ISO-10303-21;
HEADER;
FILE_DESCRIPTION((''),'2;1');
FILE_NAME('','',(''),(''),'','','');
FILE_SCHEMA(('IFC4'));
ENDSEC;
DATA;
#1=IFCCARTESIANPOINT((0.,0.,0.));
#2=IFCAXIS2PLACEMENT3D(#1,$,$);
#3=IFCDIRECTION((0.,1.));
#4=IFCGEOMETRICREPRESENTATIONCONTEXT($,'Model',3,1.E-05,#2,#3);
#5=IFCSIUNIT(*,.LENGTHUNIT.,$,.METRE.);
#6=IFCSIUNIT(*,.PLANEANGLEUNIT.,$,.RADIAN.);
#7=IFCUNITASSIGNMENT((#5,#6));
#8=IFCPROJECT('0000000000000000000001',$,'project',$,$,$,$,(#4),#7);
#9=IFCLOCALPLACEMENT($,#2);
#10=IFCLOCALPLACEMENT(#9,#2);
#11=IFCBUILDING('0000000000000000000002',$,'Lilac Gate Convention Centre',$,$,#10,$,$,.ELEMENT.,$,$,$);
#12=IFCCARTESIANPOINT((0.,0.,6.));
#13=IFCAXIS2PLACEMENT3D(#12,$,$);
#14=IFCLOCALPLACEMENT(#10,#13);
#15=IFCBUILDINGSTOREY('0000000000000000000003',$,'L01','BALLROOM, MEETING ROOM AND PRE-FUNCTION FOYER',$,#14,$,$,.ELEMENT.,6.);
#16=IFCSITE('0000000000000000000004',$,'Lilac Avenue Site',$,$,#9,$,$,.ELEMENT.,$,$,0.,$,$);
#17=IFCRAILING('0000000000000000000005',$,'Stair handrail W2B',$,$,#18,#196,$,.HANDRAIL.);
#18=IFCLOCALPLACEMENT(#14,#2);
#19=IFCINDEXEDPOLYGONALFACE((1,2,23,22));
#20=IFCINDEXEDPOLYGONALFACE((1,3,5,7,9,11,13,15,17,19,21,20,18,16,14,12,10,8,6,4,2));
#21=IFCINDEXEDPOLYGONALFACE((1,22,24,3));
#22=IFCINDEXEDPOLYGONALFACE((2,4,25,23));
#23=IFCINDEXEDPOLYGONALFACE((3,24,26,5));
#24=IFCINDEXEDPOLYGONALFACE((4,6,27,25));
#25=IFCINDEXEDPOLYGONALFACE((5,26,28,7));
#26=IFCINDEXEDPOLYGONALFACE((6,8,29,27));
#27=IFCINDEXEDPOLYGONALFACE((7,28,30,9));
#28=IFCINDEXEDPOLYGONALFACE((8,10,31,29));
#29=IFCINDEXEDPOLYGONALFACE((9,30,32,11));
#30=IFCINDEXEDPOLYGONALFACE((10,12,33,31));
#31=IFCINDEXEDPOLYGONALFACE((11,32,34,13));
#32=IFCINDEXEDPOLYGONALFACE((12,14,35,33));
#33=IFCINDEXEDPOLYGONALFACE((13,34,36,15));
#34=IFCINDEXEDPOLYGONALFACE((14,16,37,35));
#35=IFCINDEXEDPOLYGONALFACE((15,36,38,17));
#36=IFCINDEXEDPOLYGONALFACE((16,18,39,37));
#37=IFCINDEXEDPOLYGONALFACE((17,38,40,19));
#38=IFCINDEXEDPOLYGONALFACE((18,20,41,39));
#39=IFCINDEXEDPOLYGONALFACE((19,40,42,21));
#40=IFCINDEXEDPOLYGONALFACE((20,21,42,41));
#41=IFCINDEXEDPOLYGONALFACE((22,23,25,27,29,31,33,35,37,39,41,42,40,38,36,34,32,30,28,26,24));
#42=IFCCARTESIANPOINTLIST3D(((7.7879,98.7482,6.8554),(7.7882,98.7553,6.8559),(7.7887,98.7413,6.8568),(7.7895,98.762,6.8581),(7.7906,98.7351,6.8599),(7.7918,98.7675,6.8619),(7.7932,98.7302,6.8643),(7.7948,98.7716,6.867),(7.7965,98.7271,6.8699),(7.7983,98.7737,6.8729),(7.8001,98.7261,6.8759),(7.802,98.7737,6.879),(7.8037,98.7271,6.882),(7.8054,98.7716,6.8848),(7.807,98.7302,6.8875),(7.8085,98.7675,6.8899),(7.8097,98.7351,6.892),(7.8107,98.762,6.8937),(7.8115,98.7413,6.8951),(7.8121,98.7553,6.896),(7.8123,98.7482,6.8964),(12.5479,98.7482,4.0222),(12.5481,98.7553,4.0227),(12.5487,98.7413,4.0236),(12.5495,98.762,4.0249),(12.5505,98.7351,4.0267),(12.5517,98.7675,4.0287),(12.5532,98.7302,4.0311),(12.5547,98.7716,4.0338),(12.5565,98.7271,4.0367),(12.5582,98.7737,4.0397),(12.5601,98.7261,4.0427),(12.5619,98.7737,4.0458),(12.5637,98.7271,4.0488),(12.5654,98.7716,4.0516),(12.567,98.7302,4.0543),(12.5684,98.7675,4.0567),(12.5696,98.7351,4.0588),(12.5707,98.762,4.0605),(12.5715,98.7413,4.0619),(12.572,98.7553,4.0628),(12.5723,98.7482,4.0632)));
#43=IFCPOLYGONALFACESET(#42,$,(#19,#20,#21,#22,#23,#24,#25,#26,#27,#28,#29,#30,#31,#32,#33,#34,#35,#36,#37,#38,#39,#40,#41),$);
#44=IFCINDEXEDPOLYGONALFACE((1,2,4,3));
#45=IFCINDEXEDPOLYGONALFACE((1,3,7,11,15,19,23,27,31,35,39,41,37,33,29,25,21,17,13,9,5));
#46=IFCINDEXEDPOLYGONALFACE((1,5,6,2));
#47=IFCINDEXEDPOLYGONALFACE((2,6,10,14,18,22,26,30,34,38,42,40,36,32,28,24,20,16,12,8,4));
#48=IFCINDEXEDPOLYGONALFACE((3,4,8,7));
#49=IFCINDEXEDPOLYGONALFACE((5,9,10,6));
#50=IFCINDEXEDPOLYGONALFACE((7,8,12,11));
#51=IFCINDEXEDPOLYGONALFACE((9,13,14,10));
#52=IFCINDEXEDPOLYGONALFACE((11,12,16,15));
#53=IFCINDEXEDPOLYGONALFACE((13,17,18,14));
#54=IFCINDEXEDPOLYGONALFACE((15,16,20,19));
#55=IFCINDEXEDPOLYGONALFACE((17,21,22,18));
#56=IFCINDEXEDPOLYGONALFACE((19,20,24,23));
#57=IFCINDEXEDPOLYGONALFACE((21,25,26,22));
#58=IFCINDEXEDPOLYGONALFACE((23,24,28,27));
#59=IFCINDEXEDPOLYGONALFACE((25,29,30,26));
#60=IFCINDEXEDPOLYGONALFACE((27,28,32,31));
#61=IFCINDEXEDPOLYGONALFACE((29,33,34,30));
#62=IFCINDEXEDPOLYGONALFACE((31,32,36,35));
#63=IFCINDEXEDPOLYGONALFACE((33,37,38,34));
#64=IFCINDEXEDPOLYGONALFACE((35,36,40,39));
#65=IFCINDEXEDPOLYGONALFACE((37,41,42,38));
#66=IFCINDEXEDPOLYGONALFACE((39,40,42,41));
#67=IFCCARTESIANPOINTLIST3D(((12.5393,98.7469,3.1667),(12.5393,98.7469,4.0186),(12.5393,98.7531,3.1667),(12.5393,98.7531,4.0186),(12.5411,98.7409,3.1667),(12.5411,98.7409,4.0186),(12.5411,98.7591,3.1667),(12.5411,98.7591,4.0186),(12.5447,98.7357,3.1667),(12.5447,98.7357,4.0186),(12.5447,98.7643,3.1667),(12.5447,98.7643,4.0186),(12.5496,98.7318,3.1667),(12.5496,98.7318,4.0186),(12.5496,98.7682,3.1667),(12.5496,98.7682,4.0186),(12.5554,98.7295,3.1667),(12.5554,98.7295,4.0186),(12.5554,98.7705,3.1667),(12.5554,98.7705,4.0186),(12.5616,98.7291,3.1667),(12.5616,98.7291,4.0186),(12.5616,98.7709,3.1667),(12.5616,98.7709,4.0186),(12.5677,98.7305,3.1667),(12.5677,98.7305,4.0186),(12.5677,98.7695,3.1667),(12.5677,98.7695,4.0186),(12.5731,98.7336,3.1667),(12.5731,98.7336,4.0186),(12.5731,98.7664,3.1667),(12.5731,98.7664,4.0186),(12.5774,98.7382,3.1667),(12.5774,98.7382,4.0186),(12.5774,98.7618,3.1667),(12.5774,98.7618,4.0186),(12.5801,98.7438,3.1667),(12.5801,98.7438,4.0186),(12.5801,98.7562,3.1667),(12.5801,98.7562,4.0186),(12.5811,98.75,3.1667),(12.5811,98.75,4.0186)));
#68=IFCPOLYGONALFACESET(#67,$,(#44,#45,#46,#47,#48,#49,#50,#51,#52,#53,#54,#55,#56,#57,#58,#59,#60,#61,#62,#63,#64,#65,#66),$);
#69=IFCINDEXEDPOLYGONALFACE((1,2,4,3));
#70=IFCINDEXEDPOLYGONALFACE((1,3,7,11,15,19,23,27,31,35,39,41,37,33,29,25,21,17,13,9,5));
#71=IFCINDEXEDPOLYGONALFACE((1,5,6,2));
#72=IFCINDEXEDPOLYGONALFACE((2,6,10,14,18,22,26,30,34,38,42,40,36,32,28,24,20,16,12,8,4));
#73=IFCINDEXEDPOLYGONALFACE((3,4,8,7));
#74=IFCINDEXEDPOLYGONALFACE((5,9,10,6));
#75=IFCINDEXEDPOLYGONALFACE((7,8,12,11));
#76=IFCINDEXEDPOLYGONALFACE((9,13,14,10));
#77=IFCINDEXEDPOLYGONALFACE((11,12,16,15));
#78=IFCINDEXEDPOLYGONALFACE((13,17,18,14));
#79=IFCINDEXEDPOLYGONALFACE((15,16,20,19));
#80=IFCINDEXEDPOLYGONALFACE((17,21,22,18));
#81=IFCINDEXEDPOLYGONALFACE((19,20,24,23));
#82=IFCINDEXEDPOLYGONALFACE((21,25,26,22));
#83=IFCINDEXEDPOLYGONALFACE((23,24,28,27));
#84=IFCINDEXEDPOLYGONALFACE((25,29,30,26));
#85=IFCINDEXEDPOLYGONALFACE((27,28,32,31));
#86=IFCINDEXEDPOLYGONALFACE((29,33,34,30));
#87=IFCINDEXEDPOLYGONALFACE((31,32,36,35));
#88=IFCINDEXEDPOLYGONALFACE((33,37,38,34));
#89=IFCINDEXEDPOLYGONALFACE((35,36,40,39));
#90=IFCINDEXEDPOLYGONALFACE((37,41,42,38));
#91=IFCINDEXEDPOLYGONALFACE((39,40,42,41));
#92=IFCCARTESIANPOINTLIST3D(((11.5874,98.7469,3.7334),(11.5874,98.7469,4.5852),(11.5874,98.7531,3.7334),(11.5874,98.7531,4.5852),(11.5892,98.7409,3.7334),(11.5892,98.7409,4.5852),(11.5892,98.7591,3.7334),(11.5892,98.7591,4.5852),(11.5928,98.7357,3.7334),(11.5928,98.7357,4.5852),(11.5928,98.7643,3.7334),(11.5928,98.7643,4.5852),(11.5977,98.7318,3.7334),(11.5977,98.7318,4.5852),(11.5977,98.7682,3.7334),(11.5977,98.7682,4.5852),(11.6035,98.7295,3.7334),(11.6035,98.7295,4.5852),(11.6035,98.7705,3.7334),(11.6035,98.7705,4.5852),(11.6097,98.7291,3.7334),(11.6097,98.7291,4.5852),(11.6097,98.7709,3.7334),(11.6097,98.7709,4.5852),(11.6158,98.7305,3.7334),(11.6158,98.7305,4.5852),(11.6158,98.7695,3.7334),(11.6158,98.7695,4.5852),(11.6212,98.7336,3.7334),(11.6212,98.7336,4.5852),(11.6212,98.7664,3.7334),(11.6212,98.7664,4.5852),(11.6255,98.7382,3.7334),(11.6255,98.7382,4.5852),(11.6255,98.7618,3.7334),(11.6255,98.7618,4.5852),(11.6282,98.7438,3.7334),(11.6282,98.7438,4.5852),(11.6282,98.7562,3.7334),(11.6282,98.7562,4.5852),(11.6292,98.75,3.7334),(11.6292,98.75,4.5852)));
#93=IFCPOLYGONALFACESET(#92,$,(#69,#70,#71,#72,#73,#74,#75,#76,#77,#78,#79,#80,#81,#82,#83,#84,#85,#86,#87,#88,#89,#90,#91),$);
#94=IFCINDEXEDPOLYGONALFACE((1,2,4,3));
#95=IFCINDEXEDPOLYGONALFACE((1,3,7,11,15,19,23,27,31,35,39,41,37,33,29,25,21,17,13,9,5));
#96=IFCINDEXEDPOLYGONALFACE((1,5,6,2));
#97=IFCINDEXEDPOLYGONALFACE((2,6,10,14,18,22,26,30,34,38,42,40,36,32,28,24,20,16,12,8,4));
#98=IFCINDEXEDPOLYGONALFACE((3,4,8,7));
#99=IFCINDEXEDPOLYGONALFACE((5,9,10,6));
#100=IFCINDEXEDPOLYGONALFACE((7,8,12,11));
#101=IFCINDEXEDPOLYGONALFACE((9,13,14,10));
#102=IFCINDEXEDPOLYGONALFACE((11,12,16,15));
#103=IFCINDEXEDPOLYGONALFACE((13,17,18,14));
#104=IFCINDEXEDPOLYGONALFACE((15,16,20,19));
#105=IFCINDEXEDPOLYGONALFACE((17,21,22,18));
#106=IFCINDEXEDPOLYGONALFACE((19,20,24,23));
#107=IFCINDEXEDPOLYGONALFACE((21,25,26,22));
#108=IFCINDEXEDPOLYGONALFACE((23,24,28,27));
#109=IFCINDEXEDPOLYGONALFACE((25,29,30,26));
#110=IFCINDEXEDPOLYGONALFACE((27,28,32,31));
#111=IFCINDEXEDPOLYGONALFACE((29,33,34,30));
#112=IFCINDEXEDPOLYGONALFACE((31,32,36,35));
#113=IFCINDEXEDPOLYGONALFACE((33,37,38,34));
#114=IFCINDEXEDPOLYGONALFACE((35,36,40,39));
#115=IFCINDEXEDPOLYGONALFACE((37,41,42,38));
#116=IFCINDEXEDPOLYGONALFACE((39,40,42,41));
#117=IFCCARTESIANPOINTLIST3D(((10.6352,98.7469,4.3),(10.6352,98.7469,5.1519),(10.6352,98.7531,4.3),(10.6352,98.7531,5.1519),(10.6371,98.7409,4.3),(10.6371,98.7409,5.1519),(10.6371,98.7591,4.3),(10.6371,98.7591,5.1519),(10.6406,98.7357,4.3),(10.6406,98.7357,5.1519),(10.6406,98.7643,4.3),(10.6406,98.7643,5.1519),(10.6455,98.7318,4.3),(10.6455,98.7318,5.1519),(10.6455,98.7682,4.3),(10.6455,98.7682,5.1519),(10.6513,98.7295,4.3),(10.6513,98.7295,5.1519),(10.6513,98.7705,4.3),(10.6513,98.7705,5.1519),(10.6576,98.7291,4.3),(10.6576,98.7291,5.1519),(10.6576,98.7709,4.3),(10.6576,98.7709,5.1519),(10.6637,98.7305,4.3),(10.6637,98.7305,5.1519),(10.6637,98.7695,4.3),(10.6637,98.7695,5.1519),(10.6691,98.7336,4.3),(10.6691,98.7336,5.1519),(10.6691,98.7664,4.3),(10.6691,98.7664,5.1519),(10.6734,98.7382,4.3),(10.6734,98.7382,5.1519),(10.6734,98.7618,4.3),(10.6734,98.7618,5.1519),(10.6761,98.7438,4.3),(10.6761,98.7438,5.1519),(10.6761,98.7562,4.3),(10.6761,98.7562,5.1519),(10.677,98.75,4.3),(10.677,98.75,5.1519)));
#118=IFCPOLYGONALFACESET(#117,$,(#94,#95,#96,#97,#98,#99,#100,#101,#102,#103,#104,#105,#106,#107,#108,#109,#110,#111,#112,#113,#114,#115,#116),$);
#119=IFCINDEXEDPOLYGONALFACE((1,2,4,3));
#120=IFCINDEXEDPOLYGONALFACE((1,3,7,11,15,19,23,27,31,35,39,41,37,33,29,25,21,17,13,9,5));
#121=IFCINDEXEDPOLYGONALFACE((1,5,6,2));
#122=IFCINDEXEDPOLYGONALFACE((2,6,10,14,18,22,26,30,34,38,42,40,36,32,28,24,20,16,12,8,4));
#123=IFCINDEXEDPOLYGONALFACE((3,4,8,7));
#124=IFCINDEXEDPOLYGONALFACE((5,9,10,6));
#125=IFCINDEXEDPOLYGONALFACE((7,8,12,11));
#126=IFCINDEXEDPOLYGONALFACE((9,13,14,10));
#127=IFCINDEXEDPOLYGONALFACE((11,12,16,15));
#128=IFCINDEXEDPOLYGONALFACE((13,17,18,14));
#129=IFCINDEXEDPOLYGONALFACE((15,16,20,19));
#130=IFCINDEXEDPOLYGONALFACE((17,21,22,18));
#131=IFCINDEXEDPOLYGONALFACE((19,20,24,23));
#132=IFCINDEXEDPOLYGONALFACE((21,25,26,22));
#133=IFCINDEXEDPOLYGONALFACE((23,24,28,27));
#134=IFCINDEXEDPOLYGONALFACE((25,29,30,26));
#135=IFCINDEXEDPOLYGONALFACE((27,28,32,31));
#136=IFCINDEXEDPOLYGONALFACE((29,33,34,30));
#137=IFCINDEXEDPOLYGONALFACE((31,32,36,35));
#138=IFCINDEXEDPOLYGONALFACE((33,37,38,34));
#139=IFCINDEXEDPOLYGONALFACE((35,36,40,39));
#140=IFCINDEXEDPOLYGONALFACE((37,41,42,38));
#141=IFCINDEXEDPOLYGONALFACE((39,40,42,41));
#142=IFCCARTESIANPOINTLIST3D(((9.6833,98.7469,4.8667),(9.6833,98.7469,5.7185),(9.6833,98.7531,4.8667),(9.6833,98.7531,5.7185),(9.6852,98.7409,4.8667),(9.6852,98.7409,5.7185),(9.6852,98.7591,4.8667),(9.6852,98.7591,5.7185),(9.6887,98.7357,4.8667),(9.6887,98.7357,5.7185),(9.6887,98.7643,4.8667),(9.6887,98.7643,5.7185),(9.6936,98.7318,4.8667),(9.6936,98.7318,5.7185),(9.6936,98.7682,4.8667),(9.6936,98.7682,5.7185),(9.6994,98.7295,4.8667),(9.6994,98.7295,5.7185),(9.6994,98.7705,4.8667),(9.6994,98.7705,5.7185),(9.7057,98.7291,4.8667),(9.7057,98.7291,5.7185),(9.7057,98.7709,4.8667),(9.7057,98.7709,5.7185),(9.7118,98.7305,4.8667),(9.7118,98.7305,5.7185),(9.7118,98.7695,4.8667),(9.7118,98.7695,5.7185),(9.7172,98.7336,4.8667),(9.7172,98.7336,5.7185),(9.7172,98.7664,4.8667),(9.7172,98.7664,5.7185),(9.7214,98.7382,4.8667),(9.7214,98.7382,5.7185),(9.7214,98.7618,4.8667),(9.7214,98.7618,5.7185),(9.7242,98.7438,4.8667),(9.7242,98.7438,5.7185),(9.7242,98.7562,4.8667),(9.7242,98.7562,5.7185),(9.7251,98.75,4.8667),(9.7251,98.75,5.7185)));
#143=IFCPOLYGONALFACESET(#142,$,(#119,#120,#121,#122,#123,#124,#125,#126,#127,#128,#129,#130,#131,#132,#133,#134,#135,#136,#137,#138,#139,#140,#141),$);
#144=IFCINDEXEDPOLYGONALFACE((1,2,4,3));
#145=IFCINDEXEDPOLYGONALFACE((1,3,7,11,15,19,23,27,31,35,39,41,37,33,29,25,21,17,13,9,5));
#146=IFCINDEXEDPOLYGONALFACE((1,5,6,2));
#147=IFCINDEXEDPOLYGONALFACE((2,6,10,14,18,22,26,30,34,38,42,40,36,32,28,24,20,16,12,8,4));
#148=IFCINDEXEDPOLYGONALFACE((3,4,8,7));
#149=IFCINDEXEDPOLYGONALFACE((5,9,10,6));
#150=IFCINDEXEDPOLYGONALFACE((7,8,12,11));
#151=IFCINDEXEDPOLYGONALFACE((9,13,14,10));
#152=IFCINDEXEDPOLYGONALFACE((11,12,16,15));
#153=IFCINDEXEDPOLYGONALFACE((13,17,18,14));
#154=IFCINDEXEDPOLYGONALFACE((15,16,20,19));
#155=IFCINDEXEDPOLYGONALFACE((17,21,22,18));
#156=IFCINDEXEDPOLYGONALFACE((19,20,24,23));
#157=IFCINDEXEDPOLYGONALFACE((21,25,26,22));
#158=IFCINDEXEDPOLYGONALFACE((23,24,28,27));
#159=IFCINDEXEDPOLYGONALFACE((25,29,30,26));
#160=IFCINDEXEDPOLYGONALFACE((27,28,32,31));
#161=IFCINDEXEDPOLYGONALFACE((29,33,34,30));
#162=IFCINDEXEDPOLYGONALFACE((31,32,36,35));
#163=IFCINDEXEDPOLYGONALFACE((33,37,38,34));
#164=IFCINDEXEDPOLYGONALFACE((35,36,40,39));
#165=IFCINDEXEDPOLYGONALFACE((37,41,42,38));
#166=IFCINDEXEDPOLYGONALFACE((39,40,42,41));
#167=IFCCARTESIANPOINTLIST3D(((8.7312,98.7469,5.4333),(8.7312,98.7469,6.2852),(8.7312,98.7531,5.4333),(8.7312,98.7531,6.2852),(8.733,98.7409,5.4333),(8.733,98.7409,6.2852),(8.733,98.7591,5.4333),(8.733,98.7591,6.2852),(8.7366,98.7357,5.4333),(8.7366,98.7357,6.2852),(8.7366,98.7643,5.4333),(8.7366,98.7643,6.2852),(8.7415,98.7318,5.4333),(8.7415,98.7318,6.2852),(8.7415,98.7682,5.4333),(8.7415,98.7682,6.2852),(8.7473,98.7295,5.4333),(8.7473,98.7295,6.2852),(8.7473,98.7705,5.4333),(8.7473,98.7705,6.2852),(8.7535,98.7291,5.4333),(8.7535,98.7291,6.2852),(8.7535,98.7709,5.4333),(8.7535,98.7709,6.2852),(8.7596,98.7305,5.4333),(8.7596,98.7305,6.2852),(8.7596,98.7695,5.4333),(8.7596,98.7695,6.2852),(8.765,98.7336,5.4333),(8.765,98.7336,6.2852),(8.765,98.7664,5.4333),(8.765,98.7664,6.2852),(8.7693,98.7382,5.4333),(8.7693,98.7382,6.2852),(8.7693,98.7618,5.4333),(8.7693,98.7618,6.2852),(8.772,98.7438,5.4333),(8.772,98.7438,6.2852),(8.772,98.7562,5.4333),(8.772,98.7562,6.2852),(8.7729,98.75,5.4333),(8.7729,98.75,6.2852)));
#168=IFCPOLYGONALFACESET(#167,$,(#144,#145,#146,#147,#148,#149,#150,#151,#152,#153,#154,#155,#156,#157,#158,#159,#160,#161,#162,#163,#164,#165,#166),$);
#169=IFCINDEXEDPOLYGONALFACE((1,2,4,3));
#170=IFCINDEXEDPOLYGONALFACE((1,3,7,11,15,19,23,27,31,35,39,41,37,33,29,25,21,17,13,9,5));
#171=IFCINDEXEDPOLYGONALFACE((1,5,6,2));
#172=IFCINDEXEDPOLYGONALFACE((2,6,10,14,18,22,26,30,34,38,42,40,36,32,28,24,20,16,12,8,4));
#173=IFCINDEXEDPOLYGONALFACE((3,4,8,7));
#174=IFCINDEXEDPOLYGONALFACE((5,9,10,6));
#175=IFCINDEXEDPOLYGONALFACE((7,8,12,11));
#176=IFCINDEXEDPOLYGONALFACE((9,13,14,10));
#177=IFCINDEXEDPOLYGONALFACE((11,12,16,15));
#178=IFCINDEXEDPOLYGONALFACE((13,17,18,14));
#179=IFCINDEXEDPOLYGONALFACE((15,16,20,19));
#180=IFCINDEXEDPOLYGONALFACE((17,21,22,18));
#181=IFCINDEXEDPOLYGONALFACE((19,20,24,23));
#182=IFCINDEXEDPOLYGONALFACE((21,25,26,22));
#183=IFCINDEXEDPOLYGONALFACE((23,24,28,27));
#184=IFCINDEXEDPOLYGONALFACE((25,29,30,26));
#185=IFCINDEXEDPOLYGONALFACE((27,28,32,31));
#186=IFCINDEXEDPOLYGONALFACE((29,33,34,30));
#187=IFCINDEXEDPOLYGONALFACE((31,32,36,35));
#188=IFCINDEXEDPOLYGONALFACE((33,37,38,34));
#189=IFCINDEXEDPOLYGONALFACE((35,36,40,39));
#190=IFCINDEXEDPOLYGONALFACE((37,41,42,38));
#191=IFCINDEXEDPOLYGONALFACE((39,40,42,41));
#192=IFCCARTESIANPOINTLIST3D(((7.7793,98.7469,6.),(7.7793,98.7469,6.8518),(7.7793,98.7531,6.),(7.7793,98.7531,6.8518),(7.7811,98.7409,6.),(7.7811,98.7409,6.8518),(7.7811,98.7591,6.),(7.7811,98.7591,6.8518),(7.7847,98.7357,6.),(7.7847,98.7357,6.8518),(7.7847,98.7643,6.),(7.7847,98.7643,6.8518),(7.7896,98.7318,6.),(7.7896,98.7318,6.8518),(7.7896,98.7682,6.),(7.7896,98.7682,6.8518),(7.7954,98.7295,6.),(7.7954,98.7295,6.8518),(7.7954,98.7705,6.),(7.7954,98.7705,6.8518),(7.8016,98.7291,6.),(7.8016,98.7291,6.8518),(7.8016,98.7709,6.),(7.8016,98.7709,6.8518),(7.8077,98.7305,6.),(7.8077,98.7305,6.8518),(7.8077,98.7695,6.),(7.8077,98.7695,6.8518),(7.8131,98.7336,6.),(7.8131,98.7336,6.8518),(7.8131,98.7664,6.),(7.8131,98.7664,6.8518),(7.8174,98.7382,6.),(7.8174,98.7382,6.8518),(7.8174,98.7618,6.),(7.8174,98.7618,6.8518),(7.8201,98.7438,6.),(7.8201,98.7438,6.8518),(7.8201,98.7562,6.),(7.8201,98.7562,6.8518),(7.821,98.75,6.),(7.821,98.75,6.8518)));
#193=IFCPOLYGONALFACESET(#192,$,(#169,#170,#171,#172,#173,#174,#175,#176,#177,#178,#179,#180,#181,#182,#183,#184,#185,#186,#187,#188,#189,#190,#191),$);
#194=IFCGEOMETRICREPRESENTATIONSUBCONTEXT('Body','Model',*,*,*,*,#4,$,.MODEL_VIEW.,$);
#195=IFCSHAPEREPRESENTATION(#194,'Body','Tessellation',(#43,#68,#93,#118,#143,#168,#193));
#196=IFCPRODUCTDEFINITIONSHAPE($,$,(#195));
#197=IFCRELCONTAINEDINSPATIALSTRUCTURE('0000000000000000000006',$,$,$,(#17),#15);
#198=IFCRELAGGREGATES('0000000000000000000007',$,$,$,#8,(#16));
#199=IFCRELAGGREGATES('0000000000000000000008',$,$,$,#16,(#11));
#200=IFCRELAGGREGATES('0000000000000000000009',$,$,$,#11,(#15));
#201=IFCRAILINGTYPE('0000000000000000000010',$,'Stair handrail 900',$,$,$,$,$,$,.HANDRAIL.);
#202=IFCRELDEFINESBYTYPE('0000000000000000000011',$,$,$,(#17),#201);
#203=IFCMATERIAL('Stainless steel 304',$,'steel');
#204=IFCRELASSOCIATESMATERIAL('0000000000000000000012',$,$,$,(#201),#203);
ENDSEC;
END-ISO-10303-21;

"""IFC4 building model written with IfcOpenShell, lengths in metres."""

from ifc_helpers import new_model, si_unit, direction, frame, origin, origin_2d, place, context, subcontext, project, spatial, circle, extrude, material, type_object, element, save


model = new_model("IFC4")

# Units and contexts
model_context = context("Model", 3, precision=1e-05, world=origin(), true_north=direction((0.0, 1.0)))
body_context = subcontext(model_context, "Body", "Model", "MODEL_VIEW")
ifc_project = project(units=[si_unit("LENGTHUNIT", "METRE"), si_unit("PLANEANGLEUNIT", "RADIAN")], contexts=[model_context])

# Site, building, storey
site_placement = place(None, origin())
site = spatial("IfcSite", under=ifc_project, at=site_placement, Name="Lilac Avenue Site", CompositionType="ELEMENT", RefElevation=0.0)
building_placement = place(site_placement, origin())
building = spatial("IfcBuilding", under=site, at=building_placement, Name="Lilac Gate Convention Centre", CompositionType="ELEMENT")
storey_placement = place(building_placement, frame((0.0, 0.0, 6.0)))
storey = spatial("IfcBuildingStorey", under=building, at=storey_placement, Name="L01", Description="BALLROOM, MEETING ROOM AND PRE-FUNCTION FOYER", CompositionType="ELEMENT", Elevation=6.0)

# Railing
ifc_material_1 = material(Name="Stainless steel 304", Category="steel")
railing_type_1 = type_object("IfcRailingType", Name="Stair handrail 900", PredefinedType="HANDRAIL", material=ifc_material_1)
for number, where, name in (
    (1, (12.5601, 98.75, 3.1667), "Stair handrail W2B"),
):
    element("IfcRailing", number, at=place(storey_placement, frame(where)), inside=storey, type_object=railing_type_1, Name=name, PredefinedType="HANDRAIL", context=body_context, shape_type="SweptSolid", body=[
        extrude(circle(Radius=0.0239, at=origin_2d()), frame((0.0, 0.0, 0.876), z_axis=(-0.8593, 0.0, 0.511472), x_axis=(0.0, -1.0, 0.0)), (0.0, 0.0, 1.0), 5.5393),
        extrude(circle(Radius=0.021, at=origin_2d()), origin(), (0.0, 0.0, 1.0), 0.8518),
        extrude(circle(Radius=0.021, at=origin_2d()), frame((-0.9519, 0.0, 0.5667)), (0.0, 0.0, 1.0), 0.8518),
        extrude(circle(Radius=0.021, at=origin_2d()), frame((-1.9041, 0.0, 1.1333)), (0.0, 0.0, 1.0), 0.8518),
        extrude(circle(Radius=0.021, at=origin_2d()), frame((-2.856, 0.0, 1.7)), (0.0, 0.0, 1.0), 0.8518),
        extrude(circle(Radius=0.021, at=origin_2d()), frame((-3.8081, 0.0, 2.2666)), (0.0, 0.0, 1.0), 0.8518),
        extrude(circle(Radius=0.021, at=origin_2d()), frame((-4.76, 0.0, 2.8333)), (0.0, 0.0, 1.0), 0.8518),
    ])

save(model, "model.ifc")
